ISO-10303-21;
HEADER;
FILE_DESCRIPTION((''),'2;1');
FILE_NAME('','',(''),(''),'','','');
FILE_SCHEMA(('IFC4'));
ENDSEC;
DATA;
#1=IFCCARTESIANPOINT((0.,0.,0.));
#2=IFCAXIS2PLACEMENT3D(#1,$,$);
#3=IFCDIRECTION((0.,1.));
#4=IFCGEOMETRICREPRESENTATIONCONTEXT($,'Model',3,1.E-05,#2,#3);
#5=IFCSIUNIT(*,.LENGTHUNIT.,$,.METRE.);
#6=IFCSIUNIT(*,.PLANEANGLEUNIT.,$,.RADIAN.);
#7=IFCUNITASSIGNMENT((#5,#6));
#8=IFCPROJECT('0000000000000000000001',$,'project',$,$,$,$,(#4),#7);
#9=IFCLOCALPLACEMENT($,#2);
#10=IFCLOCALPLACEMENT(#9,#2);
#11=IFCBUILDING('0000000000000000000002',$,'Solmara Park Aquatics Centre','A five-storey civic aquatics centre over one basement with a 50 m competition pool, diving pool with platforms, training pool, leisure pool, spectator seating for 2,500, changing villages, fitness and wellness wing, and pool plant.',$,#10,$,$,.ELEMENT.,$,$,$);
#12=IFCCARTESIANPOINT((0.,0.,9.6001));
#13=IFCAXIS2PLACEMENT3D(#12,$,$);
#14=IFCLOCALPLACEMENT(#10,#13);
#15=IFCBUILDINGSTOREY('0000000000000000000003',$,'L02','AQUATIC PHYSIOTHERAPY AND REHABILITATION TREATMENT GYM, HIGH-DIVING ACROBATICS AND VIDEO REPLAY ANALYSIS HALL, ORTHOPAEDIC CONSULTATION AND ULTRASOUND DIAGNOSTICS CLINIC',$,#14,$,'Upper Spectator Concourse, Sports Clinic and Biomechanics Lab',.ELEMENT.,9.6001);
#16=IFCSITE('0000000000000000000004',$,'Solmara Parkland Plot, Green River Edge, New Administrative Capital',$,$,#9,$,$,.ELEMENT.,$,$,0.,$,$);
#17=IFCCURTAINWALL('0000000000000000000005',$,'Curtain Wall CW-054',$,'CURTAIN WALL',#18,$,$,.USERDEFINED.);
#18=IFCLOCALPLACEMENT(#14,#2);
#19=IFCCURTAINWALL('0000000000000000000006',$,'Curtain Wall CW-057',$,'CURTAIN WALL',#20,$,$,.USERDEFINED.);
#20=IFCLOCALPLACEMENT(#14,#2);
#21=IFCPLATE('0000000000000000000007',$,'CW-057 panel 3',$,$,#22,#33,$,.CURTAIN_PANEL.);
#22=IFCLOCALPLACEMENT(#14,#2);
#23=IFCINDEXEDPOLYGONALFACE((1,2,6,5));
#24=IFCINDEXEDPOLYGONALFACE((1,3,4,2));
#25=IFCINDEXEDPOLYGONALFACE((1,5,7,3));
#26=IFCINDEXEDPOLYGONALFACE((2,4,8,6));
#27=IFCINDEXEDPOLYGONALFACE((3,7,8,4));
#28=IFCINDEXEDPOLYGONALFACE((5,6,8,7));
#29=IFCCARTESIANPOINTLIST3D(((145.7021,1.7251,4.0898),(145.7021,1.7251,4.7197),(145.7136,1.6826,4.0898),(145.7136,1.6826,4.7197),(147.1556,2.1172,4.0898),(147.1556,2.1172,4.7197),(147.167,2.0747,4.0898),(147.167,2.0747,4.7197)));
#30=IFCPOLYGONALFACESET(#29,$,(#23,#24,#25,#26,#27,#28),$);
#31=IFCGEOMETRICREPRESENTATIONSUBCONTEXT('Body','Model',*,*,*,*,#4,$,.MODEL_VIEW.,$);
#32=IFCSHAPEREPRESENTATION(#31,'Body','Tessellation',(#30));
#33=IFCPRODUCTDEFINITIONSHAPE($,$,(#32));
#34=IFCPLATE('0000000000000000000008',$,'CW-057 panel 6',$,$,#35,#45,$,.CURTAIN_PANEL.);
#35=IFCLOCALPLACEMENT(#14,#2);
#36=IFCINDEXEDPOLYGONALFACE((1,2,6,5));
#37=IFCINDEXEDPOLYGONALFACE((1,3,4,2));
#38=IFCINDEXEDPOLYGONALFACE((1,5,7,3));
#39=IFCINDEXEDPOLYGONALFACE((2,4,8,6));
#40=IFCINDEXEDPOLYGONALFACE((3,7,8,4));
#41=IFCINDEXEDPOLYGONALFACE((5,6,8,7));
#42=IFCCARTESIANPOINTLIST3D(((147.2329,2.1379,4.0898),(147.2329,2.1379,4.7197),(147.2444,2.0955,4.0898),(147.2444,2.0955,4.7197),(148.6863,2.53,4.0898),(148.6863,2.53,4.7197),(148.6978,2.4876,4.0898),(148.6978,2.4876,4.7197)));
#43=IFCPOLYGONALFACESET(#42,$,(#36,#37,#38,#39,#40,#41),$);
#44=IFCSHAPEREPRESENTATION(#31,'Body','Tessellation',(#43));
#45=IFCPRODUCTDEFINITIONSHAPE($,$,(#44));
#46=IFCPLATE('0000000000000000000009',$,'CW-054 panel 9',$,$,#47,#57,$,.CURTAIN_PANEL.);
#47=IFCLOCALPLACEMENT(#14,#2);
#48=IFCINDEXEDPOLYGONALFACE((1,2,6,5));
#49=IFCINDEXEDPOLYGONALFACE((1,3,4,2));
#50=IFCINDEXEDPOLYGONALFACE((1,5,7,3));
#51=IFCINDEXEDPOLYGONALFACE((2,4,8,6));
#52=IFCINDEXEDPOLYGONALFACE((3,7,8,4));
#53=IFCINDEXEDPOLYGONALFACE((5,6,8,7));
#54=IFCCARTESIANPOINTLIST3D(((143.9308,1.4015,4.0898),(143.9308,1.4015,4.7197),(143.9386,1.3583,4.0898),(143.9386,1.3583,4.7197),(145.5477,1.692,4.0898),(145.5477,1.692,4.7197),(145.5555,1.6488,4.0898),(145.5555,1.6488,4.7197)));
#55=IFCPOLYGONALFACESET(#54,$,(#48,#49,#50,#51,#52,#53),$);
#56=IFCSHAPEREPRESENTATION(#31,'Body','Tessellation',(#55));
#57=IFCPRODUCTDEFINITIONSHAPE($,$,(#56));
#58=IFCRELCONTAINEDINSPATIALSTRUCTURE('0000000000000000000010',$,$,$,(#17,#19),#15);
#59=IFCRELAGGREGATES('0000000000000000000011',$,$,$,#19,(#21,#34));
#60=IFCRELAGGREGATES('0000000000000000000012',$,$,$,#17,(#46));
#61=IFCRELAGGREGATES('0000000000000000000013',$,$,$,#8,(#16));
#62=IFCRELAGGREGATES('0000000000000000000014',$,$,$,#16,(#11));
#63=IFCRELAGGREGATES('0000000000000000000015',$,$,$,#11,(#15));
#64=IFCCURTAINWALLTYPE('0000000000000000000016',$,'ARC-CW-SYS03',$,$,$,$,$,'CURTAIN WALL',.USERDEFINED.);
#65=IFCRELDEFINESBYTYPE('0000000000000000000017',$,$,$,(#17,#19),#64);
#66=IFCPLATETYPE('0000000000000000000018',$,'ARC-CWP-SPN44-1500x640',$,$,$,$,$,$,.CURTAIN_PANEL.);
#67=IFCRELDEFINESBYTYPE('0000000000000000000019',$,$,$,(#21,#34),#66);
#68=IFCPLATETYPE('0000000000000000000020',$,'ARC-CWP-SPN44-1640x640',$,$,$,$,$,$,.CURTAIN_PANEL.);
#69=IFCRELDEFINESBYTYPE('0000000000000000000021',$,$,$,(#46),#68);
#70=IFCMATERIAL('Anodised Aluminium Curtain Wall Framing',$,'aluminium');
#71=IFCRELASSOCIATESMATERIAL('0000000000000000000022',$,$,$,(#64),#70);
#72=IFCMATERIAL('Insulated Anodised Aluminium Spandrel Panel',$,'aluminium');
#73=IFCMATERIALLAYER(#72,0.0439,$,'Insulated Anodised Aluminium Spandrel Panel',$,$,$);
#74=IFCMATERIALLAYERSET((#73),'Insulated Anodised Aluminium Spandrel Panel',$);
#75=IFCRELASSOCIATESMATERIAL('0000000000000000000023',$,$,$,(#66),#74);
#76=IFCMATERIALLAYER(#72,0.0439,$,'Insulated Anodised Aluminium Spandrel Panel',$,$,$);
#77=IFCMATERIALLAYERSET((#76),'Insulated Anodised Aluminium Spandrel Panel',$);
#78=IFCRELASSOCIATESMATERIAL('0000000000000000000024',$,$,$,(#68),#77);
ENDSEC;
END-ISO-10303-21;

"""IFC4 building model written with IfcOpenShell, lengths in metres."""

from ifc_helpers import new_model, si_unit, direction, frame, origin, origin_2d, place, context, subcontext, project, spatial, rectangle, extrude, material, layer, layer_set, type_object, element, aggregate, save


model = new_model("IFC4")

# Units and contexts
model_context = context("Model", 3, precision=1e-05, world=origin(), true_north=direction((0.0, 1.0)))
body_context = subcontext(model_context, "Body", "Model", "MODEL_VIEW")
ifc_project = project(units=[si_unit("LENGTHUNIT", "METRE"), si_unit("PLANEANGLEUNIT", "RADIAN")], contexts=[model_context])

# Site, building, storey
site_placement = place(None, origin())
site = spatial("IfcSite", under=ifc_project, at=site_placement, Name="Solmara Parkland Plot, Green River Edge, New Administrative Capital", CompositionType="ELEMENT", RefElevation=0.0)
building_placement = place(site_placement, origin())
building = spatial("IfcBuilding", under=site, at=building_placement, Name="Solmara Park Aquatics Centre", Description="A five-storey civic aquatics centre over one basement with a 50 m competition pool, diving pool with platforms, training pool, leisure pool, spectator seating for 2,500, changing villages, fitness and wellness wing, and pool plant.", CompositionType="ELEMENT")
storey_placement = place(building_placement, frame((0.0, 0.0, 9.6001)))
storey = spatial("IfcBuildingStorey", under=building, at=storey_placement, Name="L02", Description="AQUATIC PHYSIOTHERAPY AND REHABILITATION TREATMENT GYM, HIGH-DIVING ACROBATICS AND VIDEO REPLAY ANALYSIS HALL, ORTHOPAEDIC CONSULTATION AND ULTRASOUND DIAGNOSTICS CLINIC", LongName="Upper Spectator Concourse, Sports Clinic and Biomechanics Lab", CompositionType="ELEMENT", Elevation=9.6001)

# Curtain walls
ifc_material_1 = material(Name="Anodised Aluminium Curtain Wall Framing", Category="aluminium")
curtain_wall_type = type_object("IfcCurtainWallType", Name="ARC-CW-SYS03", ElementType="CURTAIN WALL", PredefinedType="USERDEFINED", material=ifc_material_1)
curtain_wall_1_placement = place(storey_placement, origin())
curtain_wall_1 = element("IfcCurtainWall", 1, at=curtain_wall_1_placement, inside=storey, type_object=curtain_wall_type, Name="Curtain Wall CW-054", ObjectType="CURTAIN WALL", PredefinedType="USERDEFINED")
curtain_wall_2_placement = place(storey_placement, origin())
curtain_wall_2 = element("IfcCurtainWall", 2, at=curtain_wall_2_placement, inside=storey, type_object=curtain_wall_type, Name="Curtain Wall CW-057", ObjectType="CURTAIN WALL", PredefinedType="USERDEFINED")

# Plates
ifc_material_2 = material(Name="Insulated Anodised Aluminium Spandrel Panel", Category="aluminium")
ifc_layer_1 = layer(ifc_material_2, 0.0439, Name="Insulated Anodised Aluminium Spandrel Panel")
ifc_layer_set_1 = layer_set([ifc_layer_1], Name="Insulated Anodised Aluminium Spandrel Panel")
plate_type_1 = type_object("IfcPlateType", Name="ARC-CWP-SPN44-1500x640", PredefinedType="CURTAIN_PANEL", material=ifc_layer_set_1)
plate_1_placement = place(storey_placement, frame((146.4346, 1.8999, 4.0898), z_axis=(0.0, 0.0, 1.0), x_axis=(0.96548, 0.260476, 0.0)))
plate_1 = element("IfcPlate", 3, at=plate_1_placement, type_object=plate_type_1, Name="CW-057 panel 3", PredefinedType="CURTAIN_PANEL", context=body_context, shape_type="SweptSolid", body=[
    extrude(rectangle(XDim=1.5054, YDim=0.0439, at=origin_2d()), origin(), (0.0, 0.0, 1.0), 0.6299),
])
plate_2_placement = place(storey_placement, frame((147.9653, 2.3127, 4.0898), z_axis=(0.0, 0.0, 1.0), x_axis=(0.96548, 0.260476, 0.0)))
plate_2 = element("IfcPlate", 4, at=plate_2_placement, type_object=plate_type_1, Name="CW-057 panel 6", PredefinedType="CURTAIN_PANEL", context=body_context, shape_type="SweptSolid", body=[
    extrude(rectangle(XDim=1.5054, YDim=0.0439, at=origin_2d()), origin(), (0.0, 0.0, 1.0), 0.6299),
])
aggregate(curtain_wall_2, [plate_1, plate_2])
ifc_layer_2 = layer(ifc_material_2, 0.0439, Name="Insulated Anodised Aluminium Spandrel Panel")
ifc_layer_set_2 = layer_set([ifc_layer_2], Name="Insulated Anodised Aluminium Spandrel Panel")
plate_type_2 = type_object("IfcPlateType", Name="ARC-CWP-SPN44-1640x640", PredefinedType="CURTAIN_PANEL", material=ifc_layer_set_2)
plate_3_placement = place(storey_placement, frame((144.7432, 1.5251, 4.0898), z_axis=(0.0, 0.0, 1.0), x_axis=(0.984239, 0.176846, 0.0)))
plate_3 = element("IfcPlate", 5, at=plate_3_placement, type_object=plate_type_2, Name="CW-054 panel 9", PredefinedType="CURTAIN_PANEL", context=body_context, shape_type="SweptSolid", body=[
    extrude(rectangle(XDim=1.6428, YDim=0.0439, at=origin_2d()), origin(), (0.0, 0.0, 1.0), 0.6299),
])
aggregate(curtain_wall_1, [plate_3])

save(model, "model.ifc")
